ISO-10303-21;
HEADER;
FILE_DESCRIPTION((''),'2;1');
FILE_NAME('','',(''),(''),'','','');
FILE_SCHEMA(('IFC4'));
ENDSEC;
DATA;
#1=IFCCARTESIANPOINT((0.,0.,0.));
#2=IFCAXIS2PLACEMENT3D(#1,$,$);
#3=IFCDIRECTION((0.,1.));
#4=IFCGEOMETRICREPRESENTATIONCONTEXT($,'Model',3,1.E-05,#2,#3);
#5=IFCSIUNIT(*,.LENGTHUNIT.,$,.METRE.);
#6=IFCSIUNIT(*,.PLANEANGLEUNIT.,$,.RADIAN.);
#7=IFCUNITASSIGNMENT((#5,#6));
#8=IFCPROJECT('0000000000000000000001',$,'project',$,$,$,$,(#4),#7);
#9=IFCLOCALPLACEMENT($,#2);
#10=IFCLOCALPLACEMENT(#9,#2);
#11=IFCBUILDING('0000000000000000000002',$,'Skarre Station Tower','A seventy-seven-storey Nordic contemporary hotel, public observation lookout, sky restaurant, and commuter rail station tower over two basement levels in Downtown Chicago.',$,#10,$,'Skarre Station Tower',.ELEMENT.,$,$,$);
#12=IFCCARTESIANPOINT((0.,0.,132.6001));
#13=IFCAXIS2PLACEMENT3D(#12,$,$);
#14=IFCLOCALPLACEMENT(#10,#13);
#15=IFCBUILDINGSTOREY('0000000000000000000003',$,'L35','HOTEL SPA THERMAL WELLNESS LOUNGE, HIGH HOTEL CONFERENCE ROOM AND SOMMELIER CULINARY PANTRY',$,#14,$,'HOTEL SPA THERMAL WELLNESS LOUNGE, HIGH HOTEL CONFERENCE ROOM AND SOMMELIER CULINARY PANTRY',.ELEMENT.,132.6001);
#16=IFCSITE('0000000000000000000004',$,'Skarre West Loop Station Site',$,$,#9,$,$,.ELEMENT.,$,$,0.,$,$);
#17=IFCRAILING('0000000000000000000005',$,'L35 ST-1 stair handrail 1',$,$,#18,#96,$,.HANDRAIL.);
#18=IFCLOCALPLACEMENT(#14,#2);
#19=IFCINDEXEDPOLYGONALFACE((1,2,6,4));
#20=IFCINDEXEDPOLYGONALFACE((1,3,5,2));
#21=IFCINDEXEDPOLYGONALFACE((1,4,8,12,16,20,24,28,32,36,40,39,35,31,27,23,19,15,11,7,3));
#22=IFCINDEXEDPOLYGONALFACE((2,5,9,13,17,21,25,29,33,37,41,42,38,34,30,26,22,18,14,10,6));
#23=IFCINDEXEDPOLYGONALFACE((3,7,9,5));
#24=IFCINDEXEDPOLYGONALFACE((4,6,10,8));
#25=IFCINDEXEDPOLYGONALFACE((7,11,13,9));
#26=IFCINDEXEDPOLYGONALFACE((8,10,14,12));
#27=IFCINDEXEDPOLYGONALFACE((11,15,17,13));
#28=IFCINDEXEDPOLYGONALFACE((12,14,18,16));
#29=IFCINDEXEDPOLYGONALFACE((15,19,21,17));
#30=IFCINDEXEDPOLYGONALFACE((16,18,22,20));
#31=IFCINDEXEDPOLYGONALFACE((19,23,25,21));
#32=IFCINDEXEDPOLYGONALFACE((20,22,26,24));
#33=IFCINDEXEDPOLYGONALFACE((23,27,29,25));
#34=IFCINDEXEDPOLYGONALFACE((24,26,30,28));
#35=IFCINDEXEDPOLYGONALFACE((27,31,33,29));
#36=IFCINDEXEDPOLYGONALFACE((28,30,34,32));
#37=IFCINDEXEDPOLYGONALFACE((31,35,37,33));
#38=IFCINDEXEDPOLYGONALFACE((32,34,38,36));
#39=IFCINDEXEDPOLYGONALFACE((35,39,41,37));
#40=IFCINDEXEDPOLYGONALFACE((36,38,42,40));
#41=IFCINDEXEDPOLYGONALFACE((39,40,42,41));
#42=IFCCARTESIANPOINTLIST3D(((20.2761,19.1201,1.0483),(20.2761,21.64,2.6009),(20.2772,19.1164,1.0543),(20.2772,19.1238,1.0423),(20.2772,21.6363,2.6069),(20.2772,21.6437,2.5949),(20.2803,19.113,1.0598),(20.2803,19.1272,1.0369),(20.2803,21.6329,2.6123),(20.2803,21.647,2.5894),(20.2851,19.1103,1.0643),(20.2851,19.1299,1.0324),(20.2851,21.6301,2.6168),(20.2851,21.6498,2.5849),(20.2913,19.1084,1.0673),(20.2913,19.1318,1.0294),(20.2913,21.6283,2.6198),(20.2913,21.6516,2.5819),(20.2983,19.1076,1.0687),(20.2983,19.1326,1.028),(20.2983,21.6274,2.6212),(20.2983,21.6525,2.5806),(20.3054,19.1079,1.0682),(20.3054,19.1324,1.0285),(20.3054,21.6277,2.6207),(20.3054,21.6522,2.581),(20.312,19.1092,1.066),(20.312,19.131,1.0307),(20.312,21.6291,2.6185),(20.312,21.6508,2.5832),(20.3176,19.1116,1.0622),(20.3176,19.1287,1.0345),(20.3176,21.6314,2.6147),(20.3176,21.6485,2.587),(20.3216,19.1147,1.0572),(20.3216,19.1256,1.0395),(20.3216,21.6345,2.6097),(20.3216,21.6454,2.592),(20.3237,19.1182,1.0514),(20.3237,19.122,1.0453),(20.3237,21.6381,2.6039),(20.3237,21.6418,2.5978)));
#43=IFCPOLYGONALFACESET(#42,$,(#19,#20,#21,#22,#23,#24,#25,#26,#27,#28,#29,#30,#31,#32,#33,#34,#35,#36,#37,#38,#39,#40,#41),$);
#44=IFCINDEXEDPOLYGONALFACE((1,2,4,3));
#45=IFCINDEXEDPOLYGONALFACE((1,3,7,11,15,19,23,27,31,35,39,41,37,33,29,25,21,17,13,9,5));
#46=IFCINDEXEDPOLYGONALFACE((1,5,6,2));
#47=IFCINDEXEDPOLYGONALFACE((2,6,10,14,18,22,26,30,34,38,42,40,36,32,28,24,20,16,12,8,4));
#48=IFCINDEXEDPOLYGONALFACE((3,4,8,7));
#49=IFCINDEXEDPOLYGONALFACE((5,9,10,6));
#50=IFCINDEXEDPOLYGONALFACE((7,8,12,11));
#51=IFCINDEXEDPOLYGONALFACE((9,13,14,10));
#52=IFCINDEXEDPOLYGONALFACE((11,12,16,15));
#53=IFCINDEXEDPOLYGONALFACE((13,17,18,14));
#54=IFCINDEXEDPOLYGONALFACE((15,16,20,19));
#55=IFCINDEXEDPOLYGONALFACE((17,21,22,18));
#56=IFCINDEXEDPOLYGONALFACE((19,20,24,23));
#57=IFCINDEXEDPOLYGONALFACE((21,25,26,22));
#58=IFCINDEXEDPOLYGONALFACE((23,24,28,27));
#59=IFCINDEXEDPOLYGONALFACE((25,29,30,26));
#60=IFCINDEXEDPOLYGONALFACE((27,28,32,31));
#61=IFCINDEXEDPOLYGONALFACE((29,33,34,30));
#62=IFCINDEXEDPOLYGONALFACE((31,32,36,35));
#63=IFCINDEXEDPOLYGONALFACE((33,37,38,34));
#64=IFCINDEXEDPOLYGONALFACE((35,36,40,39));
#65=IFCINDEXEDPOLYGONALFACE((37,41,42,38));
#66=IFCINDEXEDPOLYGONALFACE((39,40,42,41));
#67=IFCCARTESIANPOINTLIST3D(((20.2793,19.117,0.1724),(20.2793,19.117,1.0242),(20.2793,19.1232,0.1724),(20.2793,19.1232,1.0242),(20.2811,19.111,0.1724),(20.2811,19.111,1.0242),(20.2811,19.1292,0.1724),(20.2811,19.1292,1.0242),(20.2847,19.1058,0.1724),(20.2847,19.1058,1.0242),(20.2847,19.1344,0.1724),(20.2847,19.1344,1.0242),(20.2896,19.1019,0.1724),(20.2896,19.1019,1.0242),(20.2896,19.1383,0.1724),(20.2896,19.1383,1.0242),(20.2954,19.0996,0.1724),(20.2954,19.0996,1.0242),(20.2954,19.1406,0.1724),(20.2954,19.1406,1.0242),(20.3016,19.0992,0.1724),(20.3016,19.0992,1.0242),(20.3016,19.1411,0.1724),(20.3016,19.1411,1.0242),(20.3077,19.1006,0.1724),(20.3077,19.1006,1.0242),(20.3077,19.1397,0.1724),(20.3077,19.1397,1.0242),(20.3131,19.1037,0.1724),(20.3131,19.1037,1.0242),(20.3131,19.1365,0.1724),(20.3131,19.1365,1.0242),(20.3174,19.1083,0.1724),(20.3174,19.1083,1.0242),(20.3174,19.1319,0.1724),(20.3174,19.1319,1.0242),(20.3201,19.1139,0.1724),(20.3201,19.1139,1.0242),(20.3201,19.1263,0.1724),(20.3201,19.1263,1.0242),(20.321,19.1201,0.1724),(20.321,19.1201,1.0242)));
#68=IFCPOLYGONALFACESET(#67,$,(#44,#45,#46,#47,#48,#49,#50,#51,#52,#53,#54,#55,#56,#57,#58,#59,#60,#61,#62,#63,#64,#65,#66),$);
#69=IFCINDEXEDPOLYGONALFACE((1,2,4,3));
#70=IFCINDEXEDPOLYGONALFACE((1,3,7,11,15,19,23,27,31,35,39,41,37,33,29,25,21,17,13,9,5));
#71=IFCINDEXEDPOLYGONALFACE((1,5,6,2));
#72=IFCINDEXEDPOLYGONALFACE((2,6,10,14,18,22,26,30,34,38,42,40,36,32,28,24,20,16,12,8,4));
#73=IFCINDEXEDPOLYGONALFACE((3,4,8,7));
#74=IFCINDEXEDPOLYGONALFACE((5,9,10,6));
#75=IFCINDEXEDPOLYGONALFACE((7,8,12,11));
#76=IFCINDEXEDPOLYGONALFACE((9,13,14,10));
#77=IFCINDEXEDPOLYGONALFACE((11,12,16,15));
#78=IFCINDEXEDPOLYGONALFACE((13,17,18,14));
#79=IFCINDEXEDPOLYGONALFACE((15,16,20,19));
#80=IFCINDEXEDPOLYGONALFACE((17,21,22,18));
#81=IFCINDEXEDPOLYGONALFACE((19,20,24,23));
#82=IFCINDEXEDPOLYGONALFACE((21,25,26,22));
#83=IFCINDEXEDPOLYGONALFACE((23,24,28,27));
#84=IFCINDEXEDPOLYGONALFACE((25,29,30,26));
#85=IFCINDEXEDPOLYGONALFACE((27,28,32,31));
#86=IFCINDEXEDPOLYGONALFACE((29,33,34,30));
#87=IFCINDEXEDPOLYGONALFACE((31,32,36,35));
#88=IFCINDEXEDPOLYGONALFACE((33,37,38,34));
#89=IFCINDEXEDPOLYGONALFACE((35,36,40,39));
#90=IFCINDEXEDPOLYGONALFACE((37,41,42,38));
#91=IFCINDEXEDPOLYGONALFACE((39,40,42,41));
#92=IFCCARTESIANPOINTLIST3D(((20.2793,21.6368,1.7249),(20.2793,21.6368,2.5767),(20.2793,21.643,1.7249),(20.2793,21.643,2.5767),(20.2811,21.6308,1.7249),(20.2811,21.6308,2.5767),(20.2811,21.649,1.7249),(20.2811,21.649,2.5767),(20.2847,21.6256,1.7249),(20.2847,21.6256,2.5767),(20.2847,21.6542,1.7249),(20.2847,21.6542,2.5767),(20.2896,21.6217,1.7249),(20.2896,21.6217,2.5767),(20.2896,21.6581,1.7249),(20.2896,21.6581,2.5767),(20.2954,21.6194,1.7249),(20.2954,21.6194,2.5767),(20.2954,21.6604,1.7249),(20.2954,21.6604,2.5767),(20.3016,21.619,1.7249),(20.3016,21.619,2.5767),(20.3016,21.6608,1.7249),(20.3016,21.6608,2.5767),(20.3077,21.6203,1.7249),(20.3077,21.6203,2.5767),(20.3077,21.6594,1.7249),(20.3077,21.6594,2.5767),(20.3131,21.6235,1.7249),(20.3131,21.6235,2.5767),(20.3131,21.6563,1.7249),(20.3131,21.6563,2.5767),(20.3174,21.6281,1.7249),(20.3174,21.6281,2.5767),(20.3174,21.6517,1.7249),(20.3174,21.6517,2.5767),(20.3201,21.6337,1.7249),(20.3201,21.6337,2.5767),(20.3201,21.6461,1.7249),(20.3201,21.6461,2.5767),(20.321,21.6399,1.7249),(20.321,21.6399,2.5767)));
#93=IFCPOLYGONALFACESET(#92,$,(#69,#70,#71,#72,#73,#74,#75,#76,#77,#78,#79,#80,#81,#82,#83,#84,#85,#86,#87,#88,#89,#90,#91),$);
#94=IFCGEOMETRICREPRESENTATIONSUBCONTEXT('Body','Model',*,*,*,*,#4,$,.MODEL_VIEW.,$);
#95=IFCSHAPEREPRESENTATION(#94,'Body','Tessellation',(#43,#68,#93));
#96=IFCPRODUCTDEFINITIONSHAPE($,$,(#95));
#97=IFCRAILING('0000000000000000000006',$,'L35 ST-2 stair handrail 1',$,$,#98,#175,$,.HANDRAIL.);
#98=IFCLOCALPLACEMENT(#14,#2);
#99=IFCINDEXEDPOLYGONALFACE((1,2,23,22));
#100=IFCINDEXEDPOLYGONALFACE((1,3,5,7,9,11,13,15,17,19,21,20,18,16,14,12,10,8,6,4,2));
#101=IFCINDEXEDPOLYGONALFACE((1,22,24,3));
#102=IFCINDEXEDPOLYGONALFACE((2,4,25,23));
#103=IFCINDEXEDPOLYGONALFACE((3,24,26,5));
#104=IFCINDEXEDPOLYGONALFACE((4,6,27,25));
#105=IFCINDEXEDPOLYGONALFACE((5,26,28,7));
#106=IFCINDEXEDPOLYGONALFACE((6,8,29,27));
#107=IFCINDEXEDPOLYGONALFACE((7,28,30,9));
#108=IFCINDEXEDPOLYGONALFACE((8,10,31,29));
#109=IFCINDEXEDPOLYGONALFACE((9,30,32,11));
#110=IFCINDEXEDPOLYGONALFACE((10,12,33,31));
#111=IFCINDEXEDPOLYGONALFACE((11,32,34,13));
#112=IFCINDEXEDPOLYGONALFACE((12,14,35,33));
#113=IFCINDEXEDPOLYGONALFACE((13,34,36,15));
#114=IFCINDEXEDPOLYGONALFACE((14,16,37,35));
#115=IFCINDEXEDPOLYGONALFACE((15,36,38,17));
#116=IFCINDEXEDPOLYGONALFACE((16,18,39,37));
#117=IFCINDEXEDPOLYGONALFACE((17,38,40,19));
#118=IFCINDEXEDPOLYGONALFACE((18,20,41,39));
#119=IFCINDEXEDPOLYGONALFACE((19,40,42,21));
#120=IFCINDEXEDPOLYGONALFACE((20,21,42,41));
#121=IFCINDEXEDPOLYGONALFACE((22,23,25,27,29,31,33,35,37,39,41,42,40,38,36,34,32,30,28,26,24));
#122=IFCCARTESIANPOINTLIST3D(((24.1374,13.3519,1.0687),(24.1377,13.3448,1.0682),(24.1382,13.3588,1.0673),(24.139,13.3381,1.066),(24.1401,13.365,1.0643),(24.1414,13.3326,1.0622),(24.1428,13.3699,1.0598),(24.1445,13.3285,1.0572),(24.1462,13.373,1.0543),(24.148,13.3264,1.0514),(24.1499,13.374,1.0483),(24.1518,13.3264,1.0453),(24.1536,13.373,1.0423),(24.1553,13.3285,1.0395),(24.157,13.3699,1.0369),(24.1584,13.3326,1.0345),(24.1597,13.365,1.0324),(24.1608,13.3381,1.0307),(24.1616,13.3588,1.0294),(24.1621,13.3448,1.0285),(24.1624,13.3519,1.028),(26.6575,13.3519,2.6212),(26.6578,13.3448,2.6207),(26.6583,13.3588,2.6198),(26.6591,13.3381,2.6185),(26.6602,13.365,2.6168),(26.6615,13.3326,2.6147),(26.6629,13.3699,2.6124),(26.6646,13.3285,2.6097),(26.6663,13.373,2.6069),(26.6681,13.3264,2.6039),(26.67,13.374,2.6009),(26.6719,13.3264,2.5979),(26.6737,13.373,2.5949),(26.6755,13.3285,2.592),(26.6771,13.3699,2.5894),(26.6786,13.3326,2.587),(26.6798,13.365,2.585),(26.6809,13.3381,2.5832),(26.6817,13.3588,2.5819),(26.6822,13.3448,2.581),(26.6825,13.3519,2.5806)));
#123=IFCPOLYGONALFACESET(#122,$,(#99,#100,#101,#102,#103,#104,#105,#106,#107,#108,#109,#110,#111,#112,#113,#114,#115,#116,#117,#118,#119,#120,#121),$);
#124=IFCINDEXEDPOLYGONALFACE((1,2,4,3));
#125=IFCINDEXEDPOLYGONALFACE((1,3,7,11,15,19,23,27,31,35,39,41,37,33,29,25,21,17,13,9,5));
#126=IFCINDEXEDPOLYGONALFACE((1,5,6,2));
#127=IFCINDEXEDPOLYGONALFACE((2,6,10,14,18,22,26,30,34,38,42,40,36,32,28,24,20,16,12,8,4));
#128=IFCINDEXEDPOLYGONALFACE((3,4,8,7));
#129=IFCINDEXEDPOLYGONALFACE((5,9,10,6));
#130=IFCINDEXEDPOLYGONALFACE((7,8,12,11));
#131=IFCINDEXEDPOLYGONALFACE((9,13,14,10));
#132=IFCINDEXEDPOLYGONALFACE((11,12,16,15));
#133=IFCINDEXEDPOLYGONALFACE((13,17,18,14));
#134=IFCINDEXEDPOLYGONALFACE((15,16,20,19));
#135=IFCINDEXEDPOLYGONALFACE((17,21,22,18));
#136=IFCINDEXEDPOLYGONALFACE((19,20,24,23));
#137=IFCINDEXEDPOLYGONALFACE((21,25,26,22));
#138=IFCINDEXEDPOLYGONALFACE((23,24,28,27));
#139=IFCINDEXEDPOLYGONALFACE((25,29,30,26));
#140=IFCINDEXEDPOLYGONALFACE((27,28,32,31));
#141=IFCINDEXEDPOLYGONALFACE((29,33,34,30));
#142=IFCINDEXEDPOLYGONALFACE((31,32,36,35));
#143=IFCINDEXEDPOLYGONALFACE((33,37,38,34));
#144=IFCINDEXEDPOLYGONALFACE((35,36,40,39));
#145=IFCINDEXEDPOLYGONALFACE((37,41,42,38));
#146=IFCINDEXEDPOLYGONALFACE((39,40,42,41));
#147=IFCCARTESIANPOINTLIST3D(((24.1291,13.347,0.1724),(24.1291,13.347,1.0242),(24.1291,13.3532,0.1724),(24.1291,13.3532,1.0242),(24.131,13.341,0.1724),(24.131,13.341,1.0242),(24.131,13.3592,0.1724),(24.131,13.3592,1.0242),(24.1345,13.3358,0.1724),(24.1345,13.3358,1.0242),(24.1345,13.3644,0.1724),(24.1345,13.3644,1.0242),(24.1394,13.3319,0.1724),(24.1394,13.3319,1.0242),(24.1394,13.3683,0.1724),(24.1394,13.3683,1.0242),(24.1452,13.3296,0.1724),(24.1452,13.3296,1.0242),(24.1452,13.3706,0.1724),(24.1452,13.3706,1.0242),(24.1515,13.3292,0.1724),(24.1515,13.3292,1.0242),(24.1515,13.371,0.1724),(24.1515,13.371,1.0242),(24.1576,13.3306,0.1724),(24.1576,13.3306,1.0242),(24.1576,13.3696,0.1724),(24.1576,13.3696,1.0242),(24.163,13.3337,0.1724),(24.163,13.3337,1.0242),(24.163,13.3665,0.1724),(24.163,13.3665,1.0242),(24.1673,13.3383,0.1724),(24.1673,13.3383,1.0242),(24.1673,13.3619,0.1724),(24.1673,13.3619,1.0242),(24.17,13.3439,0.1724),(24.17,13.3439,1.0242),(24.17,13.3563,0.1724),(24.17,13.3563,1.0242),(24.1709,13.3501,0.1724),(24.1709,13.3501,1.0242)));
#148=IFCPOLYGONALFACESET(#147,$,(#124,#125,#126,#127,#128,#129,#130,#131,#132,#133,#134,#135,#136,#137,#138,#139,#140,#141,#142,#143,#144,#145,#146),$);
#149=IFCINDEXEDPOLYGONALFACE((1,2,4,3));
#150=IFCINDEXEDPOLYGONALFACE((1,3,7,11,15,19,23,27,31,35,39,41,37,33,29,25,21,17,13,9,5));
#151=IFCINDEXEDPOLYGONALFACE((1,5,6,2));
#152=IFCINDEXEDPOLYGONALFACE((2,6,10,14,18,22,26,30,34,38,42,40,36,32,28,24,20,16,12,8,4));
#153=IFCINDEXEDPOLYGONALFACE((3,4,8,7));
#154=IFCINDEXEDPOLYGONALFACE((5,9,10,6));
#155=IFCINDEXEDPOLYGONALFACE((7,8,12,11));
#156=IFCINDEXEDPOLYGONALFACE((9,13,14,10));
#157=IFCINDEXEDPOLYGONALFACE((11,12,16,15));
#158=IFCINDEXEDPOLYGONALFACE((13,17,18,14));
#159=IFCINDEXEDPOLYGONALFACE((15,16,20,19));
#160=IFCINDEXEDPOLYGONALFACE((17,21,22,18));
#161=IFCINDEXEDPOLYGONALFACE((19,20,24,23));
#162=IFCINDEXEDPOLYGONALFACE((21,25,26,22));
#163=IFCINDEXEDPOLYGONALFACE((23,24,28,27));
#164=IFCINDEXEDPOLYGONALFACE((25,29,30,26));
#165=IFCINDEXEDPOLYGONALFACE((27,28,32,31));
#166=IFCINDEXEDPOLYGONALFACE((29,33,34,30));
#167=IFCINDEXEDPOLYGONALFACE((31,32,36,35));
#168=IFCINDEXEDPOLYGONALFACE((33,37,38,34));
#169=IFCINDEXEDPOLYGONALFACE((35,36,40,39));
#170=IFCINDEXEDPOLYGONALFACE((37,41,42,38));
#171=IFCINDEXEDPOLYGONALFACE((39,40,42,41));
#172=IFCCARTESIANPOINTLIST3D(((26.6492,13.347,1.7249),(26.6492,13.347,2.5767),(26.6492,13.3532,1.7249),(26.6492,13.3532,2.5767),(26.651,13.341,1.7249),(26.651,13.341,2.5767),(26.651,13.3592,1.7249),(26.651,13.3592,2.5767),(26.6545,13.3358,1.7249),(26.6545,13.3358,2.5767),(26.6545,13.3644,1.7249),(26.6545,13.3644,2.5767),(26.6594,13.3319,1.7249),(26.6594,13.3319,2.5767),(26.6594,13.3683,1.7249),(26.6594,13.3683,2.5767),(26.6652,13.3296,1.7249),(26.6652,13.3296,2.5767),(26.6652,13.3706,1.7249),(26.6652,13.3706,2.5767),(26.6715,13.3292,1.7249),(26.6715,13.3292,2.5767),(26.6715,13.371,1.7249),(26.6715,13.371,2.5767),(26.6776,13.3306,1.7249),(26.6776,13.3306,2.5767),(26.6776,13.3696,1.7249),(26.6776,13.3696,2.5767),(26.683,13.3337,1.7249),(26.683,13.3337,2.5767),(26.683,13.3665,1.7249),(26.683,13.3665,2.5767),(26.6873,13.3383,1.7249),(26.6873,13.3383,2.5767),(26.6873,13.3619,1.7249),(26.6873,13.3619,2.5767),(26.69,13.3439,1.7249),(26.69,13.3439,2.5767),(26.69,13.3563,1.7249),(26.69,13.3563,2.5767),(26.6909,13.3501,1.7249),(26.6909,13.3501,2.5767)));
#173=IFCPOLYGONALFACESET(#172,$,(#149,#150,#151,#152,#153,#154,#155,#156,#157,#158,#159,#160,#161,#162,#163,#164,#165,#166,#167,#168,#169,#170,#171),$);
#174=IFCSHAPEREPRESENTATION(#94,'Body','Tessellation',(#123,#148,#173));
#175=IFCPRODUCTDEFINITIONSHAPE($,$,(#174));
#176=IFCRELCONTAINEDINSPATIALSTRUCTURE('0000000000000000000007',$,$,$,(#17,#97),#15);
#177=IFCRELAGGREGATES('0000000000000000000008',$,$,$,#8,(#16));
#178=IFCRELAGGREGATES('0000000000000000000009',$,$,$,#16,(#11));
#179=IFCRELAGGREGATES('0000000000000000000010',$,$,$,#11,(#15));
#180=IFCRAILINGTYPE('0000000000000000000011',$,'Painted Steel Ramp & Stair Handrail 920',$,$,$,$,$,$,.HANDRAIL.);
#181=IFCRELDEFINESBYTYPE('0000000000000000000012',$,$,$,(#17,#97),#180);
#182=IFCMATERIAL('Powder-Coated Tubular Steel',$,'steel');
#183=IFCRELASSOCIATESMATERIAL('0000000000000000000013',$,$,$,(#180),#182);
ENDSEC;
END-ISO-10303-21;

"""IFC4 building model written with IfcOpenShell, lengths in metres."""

from ifc_helpers import new_model, si_unit, direction, frame, origin, origin_2d, place, context, subcontext, project, spatial, circle, extrude, material, type_object, element, save


model = new_model("IFC4")

# Units and contexts
model_context = context("Model", 3, precision=1e-05, world=origin(), true_north=direction((0.0, 1.0)))
body_context = subcontext(model_context, "Body", "Model", "MODEL_VIEW")
ifc_project = project(units=[si_unit("LENGTHUNIT", "METRE"), si_unit("PLANEANGLEUNIT", "RADIAN")], contexts=[model_context])

# Site, building, storey
site_placement = place(None, origin())
site = spatial("IfcSite", under=ifc_project, at=site_placement, Name="Skarre West Loop Station Site", CompositionType="ELEMENT", RefElevation=0.0)
building_placement = place(site_placement, origin())
building = spatial("IfcBuilding", under=site, at=building_placement, Name="Skarre Station Tower", Description="A seventy-seven-storey Nordic contemporary hotel, public observation lookout, sky restaurant, and commuter rail station tower over two basement levels in Downtown Chicago.", LongName="Skarre Station Tower", CompositionType="ELEMENT")
storey_placement = place(building_placement, frame((0.0, 0.0, 132.6001)))
storey = spatial("IfcBuildingStorey", under=building, at=storey_placement, Name="L35", Description="HOTEL SPA THERMAL WELLNESS LOUNGE, HIGH HOTEL CONFERENCE ROOM AND SOMMELIER CULINARY PANTRY", LongName="HOTEL SPA THERMAL WELLNESS LOUNGE, HIGH HOTEL CONFERENCE ROOM AND SOMMELIER CULINARY PANTRY", CompositionType="ELEMENT", Elevation=132.6001)

# Railings
ifc_material_1 = material(Name="Powder-Coated Tubular Steel", Category="steel")
railing_type_1 = type_object("IfcRailingType", Name="Painted Steel Ramp & Stair Handrail 920", PredefinedType="HANDRAIL", material=ifc_material_1)
railing_1_placement = place(storey_placement, frame((20.3, 19.1201, 0.1724)))
element("IfcRailing", 1, at=railing_1_placement, inside=storey, type_object=railing_type_1, Name="L35 ST-1 stair handrail 1", PredefinedType="HANDRAIL", context=body_context, shape_type="SweptSolid", body=[
    extrude(circle(Radius=0.0239, at=origin_2d()), frame((0.0, 0.0, 0.876), z_axis=(0.0, 0.851378, 0.524553), x_axis=(-1.0, 0.0, 0.0)), (0.0, 0.0, 1.0), 2.9597),
    extrude(circle(Radius=0.021, at=origin_2d()), origin(), (0.0, 0.0, 1.0), 0.8518),
    extrude(circle(Radius=0.021, at=origin_2d()), frame((0.0, 2.5198, 1.5525)), (0.0, 0.0, 1.0), 0.8518),
])
railing_2_placement = place(storey_placement, frame((24.1499, 13.3501, 0.1724)))
element("IfcRailing", 2, at=railing_2_placement, inside=storey, type_object=railing_type_1, Name="L35 ST-2 stair handrail 1", PredefinedType="HANDRAIL", context=body_context, shape_type="SweptSolid", body=[
    extrude(circle(Radius=0.0239, at=origin_2d()), frame((0.0, 0.0, 0.876), z_axis=(0.8514, 0.0, 0.524516), x_axis=(0.0, 1.0, 0.0)), (0.0, 0.0, 1.0), 2.96),
    extrude(circle(Radius=0.021, at=origin_2d()), origin(), (0.0, 0.0, 1.0), 0.8518),
    extrude(circle(Radius=0.021, at=origin_2d()), frame((2.52, 0.0, 1.5525)), (0.0, 0.0, 1.0), 0.8518),
])

save(model, "model.ifc")
